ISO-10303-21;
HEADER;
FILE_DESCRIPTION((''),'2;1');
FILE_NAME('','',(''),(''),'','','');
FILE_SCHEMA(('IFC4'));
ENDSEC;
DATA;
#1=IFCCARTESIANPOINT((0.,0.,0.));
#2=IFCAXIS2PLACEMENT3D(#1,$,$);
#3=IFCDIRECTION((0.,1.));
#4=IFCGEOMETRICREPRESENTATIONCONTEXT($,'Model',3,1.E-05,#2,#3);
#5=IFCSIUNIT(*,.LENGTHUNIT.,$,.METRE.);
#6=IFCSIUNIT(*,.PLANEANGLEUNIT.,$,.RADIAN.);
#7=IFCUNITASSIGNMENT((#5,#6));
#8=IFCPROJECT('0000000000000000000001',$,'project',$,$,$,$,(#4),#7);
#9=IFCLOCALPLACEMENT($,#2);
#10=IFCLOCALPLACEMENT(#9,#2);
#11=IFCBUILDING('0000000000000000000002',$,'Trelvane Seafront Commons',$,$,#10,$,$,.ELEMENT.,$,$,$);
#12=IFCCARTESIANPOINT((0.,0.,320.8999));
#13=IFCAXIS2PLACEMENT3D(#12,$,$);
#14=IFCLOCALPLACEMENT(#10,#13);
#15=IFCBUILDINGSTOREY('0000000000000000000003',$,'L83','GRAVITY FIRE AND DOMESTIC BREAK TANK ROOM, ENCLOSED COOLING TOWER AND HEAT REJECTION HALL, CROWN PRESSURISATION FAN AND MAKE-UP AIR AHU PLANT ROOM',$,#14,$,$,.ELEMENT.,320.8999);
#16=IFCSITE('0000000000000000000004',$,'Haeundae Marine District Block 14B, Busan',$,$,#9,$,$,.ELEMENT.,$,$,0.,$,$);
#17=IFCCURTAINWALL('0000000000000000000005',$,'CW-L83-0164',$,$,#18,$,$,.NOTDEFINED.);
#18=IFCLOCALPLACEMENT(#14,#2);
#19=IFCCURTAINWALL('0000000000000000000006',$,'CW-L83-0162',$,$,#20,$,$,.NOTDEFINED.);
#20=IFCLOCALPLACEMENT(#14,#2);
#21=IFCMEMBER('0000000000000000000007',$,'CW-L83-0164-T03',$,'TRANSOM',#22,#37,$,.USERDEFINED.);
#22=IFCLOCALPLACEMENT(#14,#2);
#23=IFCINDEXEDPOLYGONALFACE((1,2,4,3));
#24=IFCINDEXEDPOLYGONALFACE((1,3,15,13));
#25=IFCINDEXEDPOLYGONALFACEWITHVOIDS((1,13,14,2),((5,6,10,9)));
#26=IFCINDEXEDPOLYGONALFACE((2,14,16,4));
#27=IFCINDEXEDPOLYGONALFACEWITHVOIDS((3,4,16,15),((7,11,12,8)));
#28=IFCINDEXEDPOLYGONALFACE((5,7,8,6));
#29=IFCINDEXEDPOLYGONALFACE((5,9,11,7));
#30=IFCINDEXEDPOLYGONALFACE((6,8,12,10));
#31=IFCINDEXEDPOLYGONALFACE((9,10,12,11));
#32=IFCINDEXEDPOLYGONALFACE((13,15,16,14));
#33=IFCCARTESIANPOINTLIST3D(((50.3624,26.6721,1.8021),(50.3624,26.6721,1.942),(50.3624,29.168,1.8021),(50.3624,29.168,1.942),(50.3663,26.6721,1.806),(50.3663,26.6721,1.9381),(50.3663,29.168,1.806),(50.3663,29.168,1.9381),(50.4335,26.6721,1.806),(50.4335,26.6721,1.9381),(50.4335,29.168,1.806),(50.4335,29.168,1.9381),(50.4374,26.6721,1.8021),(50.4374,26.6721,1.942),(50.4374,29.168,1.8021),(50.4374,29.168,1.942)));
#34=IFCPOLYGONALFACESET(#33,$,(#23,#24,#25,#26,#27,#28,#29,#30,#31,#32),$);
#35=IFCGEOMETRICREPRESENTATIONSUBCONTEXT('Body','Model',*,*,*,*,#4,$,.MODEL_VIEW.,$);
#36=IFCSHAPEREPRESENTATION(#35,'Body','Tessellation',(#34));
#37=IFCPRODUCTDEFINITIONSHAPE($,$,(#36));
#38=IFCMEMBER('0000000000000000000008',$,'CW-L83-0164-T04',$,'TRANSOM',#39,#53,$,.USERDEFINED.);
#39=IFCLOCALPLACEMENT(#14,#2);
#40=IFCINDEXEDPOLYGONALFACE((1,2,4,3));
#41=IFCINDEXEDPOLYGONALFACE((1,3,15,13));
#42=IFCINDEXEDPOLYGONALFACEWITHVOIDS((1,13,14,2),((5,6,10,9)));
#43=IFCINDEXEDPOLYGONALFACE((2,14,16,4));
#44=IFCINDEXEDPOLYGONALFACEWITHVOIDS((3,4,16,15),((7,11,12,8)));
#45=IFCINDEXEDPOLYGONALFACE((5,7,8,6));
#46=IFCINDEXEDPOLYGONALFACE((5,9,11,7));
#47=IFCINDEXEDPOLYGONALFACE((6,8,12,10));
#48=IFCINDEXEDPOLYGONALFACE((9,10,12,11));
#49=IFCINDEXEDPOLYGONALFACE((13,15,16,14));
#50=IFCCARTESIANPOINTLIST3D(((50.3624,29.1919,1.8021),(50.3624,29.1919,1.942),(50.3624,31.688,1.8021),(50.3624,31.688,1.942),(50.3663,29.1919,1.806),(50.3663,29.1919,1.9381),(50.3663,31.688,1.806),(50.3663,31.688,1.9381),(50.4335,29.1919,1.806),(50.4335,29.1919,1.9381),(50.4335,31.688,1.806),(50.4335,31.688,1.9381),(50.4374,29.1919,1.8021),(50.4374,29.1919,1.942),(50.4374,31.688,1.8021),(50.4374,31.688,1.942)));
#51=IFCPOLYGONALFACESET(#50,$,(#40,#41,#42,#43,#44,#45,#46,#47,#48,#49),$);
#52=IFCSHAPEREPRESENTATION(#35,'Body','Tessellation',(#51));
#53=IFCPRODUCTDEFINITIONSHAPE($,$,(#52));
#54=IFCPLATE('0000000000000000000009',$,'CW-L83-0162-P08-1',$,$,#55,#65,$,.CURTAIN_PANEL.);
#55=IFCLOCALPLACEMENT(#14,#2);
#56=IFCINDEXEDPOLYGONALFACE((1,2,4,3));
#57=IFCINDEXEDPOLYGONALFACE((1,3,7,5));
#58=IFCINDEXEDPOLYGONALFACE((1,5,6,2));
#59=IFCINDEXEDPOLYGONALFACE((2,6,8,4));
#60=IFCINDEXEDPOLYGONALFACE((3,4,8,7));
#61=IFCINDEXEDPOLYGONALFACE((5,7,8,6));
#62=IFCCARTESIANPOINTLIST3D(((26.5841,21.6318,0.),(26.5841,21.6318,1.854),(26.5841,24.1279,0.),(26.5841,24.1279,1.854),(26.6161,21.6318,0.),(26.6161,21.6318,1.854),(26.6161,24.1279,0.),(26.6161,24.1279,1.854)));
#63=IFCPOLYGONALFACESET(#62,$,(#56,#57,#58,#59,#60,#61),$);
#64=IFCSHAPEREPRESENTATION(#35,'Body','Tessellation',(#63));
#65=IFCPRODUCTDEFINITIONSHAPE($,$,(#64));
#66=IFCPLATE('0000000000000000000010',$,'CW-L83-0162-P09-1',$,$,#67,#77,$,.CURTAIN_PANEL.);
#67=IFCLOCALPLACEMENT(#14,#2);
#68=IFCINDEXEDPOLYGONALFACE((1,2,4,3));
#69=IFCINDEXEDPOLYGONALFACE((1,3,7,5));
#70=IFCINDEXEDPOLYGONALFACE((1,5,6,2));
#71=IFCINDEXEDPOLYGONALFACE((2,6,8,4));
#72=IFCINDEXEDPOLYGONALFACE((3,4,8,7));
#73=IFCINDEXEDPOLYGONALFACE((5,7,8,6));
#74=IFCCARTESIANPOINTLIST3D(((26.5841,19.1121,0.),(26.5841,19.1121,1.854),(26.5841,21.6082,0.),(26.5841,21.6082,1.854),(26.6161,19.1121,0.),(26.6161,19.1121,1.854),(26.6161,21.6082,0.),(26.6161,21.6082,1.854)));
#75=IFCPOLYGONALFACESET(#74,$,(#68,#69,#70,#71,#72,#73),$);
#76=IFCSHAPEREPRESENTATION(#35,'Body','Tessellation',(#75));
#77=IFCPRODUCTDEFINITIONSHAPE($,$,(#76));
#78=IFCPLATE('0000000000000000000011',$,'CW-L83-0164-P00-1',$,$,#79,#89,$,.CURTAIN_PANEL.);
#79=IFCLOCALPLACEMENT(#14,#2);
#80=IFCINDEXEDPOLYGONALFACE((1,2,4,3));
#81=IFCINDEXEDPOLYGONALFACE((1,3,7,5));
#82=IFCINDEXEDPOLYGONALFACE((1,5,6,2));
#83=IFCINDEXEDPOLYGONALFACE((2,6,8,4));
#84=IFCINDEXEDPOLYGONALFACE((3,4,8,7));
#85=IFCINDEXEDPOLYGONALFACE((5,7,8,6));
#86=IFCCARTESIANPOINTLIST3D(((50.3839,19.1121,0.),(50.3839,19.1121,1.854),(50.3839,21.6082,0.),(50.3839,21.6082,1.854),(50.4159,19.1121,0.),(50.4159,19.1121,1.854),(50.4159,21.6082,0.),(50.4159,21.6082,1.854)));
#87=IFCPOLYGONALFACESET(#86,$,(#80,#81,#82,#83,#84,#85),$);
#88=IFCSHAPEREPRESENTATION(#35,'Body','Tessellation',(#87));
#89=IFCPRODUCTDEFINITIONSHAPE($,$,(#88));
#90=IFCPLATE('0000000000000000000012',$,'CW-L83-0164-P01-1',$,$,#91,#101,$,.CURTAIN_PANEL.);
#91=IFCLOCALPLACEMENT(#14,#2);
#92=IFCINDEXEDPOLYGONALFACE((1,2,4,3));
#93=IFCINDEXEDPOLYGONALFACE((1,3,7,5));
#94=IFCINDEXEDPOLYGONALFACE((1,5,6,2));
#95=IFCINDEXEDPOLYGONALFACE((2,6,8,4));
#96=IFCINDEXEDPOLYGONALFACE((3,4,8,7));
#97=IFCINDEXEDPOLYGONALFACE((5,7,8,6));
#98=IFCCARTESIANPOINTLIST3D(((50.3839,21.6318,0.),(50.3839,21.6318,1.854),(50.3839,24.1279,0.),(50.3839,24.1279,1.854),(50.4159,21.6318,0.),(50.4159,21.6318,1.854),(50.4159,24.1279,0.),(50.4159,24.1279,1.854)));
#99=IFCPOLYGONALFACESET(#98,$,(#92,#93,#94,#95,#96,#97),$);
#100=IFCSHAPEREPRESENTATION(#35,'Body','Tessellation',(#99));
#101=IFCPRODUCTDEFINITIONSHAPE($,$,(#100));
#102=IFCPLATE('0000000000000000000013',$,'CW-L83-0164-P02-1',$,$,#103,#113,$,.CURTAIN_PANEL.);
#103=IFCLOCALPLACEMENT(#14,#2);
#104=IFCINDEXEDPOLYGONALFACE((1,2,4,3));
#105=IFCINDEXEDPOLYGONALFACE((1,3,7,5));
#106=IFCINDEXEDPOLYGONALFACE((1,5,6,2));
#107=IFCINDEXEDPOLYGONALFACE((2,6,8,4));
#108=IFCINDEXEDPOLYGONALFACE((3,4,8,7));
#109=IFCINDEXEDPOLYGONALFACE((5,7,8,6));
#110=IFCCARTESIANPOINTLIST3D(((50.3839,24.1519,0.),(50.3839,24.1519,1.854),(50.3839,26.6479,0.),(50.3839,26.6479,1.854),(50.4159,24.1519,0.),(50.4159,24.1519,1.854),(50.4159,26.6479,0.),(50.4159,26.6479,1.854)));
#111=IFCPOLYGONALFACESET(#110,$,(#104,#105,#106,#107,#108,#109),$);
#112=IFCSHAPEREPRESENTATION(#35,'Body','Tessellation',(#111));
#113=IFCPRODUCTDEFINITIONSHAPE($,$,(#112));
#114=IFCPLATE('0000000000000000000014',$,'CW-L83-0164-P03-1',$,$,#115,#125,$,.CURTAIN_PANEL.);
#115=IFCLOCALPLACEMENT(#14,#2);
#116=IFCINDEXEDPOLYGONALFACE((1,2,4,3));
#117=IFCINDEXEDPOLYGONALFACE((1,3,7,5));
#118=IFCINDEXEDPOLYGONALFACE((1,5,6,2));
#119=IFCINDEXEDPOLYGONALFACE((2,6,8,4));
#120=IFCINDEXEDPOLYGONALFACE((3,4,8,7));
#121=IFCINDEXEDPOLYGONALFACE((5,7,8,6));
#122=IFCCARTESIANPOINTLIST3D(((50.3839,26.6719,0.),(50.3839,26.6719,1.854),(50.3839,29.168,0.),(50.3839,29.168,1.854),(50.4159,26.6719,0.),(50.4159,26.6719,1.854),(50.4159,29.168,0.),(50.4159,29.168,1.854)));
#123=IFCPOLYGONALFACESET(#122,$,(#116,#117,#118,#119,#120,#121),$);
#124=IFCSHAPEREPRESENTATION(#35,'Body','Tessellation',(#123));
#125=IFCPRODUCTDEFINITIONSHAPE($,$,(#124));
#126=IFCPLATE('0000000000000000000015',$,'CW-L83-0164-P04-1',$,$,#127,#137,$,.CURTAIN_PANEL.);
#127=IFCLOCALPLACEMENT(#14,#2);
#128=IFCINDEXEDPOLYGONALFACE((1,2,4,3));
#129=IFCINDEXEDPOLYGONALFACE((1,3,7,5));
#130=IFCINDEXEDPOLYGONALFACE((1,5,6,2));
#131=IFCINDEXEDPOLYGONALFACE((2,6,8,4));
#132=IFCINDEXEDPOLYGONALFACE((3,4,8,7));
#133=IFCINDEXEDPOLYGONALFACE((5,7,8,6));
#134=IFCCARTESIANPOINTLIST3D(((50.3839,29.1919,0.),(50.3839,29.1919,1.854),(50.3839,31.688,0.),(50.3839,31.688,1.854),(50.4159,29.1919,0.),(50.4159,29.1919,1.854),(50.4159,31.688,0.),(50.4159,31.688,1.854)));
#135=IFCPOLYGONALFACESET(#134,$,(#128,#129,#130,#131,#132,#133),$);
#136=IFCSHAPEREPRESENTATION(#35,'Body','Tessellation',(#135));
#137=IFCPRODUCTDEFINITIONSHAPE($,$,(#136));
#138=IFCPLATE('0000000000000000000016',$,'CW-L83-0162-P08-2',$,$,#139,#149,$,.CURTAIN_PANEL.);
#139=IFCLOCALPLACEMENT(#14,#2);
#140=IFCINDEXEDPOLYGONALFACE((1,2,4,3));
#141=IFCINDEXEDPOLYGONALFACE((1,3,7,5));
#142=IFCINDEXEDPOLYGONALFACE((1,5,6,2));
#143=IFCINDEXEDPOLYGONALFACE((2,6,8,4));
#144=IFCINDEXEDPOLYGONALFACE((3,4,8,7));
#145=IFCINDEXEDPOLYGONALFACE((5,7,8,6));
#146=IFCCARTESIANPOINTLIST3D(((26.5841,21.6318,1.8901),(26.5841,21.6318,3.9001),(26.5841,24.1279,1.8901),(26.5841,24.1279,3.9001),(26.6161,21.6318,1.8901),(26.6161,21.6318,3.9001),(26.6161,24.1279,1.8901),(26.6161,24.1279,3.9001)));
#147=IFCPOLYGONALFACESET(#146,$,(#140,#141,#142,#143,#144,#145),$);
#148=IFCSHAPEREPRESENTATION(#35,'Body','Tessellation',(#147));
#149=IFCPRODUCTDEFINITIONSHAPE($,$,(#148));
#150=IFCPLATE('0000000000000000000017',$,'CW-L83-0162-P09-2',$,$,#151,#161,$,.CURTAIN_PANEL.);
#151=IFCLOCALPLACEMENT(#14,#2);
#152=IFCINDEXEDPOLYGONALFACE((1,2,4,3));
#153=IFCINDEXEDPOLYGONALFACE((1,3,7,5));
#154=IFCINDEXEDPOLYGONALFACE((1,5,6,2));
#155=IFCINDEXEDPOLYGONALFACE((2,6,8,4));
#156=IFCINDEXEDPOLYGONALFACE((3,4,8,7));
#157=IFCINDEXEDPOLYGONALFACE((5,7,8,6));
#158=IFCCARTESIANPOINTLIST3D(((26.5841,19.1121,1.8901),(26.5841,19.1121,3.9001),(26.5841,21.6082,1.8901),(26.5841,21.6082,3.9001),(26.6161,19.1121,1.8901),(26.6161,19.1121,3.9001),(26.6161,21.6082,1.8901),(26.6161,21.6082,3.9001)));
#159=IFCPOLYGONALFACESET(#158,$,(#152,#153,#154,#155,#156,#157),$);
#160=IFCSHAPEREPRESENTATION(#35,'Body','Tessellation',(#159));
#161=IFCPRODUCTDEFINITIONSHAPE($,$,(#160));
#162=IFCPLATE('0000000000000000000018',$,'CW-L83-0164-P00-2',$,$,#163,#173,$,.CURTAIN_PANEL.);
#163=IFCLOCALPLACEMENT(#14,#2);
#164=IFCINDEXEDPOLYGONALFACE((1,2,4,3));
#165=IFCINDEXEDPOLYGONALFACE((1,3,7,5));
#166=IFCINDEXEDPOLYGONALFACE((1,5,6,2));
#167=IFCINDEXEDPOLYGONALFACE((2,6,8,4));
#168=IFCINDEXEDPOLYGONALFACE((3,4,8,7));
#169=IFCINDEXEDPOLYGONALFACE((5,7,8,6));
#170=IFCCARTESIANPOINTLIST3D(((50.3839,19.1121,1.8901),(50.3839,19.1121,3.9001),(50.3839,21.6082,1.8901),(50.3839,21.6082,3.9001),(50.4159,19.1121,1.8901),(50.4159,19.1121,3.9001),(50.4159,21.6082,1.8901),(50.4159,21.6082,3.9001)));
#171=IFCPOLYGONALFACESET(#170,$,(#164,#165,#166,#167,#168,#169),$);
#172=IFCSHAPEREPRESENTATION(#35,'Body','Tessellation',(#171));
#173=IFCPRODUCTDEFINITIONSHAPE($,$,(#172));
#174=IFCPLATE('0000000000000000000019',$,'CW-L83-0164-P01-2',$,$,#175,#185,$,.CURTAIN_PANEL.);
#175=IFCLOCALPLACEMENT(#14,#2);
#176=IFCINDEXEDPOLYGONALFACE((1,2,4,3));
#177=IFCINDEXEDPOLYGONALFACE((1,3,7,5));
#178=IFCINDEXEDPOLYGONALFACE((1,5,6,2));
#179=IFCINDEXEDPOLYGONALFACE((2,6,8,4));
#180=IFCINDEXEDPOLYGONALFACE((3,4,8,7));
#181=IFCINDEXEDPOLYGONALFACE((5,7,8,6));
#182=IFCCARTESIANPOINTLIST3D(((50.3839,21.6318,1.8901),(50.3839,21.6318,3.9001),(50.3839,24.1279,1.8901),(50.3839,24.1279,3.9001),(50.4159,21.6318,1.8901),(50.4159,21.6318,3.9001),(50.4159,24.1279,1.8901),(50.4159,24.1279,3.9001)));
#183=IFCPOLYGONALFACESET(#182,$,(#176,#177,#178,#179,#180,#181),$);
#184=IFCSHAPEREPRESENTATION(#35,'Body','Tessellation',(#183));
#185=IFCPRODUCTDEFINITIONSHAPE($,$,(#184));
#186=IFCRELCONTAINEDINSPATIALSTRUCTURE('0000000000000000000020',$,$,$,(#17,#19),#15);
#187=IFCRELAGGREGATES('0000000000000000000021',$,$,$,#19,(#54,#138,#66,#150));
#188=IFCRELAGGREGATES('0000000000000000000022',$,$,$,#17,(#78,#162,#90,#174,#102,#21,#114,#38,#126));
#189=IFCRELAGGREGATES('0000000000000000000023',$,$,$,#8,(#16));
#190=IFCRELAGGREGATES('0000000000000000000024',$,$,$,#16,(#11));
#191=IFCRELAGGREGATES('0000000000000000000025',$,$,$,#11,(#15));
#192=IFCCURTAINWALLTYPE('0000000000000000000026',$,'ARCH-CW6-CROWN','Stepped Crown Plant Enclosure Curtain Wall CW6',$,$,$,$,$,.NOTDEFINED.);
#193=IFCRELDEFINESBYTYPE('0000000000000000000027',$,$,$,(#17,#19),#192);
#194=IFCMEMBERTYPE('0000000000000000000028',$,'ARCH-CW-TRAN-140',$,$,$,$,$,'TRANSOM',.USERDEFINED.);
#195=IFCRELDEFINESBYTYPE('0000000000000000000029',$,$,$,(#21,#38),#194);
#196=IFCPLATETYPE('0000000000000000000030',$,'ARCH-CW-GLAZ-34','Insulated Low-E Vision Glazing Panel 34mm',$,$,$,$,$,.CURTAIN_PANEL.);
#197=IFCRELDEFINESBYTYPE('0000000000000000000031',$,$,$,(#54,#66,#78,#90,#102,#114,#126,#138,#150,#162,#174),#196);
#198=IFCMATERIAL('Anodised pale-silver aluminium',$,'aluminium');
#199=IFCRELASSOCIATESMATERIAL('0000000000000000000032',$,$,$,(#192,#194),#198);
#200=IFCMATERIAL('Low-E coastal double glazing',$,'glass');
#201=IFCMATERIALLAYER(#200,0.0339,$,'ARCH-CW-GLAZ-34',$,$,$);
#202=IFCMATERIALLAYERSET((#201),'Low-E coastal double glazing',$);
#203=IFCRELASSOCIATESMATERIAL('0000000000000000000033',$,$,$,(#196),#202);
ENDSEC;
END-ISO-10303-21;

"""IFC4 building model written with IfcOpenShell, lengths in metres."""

from ifc_helpers import new_model, si_unit, direction, frame, origin, origin_2d, place, context, subcontext, project, spatial, rectangle, hollow_rectangle, extrude, source, transform, mapped, material, layer, layer_set, material_profile, profile_set, type_object, element, aggregate, save


model = new_model("IFC4")

# Units and contexts
model_context = context("Model", 3, precision=1e-05, world=origin(), true_north=direction((0.0, 1.0)))
body_context = subcontext(model_context, "Body", "Model", "MODEL_VIEW")
ifc_project = project(units=[si_unit("LENGTHUNIT", "METRE"), si_unit("PLANEANGLEUNIT", "RADIAN")], contexts=[model_context])

# Site, building, storey
site_placement = place(None, origin())
site = spatial("IfcSite", under=ifc_project, at=site_placement, Name="Haeundae Marine District Block 14B, Busan", CompositionType="ELEMENT", RefElevation=0.0)
building_placement = place(site_placement, origin())
building = spatial("IfcBuilding", under=site, at=building_placement, Name="Trelvane Seafront Commons", CompositionType="ELEMENT")
storey_placement = place(building_placement, frame((0.0, 0.0, 320.8999)))
storey = spatial("IfcBuildingStorey", under=building, at=storey_placement, Name="L83", Description="GRAVITY FIRE AND DOMESTIC BREAK TANK ROOM, ENCLOSED COOLING TOWER AND HEAT REJECTION HALL, CROWN PRESSURISATION FAN AND MAKE-UP AIR AHU PLANT ROOM", CompositionType="ELEMENT", Elevation=320.8999)

# Curtain wall
ifc_material_1 = material(Name="Anodised pale-silver aluminium", Category="aluminium")
curtain_wall_type = type_object("IfcCurtainWallType", Name="ARCH-CW6-CROWN", Description="Stepped Crown Plant Enclosure Curtain Wall CW6", PredefinedType="NOTDEFINED", material=ifc_material_1)
curtain_wall_1_placement = place(storey_placement, origin())
curtain_wall_1 = element("IfcCurtainWall", 1, at=curtain_wall_1_placement, inside=storey, type_object=curtain_wall_type, Name="CW-L83-0164", PredefinedType="NOTDEFINED")

# Curtain wall
curtain_wall_2_placement = place(storey_placement, origin())
curtain_wall_2 = element("IfcCurtainWall", 2, at=curtain_wall_2_placement, inside=storey, type_object=curtain_wall_type, Name="CW-L83-0162", PredefinedType="NOTDEFINED")
ifc_material_profile_1 = material_profile(ifc_material_1, hollow_rectangle(XDim=0.075, YDim=0.1399, WallThickness=0.0039, at=origin_2d()), Name="TRAN-75x140x4")
ifc_profile_set_1 = profile_set([ifc_material_profile_1], Name="Anodised pale-silver aluminium")
member_type_1 = type_object("IfcMemberType", Name="ARCH-CW-TRAN-140", ElementType="TRANSOM", PredefinedType="USERDEFINED", material=ifc_profile_set_1)
shared_shape_1 = source(origin(), body_context, "Body", "SweptSolid", [
    extrude(hollow_rectangle(XDim=0.075, YDim=0.1399, WallThickness=0.0039, at=origin_2d()), origin(), (0.0, 0.0, 1.0), 2.4958),
])

# Members
member_1_placement = place(storey_placement, frame((50.3999, 26.6721, 1.8721), z_axis=(0.0, 1.0, 0.0), x_axis=(-1.0, 0.0, 0.0)))
member_1 = element("IfcMember", 3, at=member_1_placement, type_object=member_type_1, Name="CW-L83-0164-T03", ObjectType="TRANSOM", PredefinedType="USERDEFINED", context=body_context, shape_type="MappedRepresentation", body=[
    mapped(shared_shape_1, transform((0.0, 0.0, 0.0), x_axis=(1.0, 0.0, 0.0), y_axis=(0.0, 1.0, 0.0), z_axis=(0.0, 0.0, 1.0), scale=1.0)),
])
shared_shape_2 = source(origin(), body_context, "Body", "SweptSolid", [
    extrude(hollow_rectangle(XDim=0.075, YDim=0.1399, WallThickness=0.0039, at=origin_2d()), origin(), (0.0, 0.0, 1.0), 2.4961),
])
member_2_placement = place(storey_placement, frame((50.3999, 29.1919, 1.8721), z_axis=(0.0, 1.0, 0.0), x_axis=(-1.0, 0.0, 0.0)))
member_2 = element("IfcMember", 4, at=member_2_placement, type_object=member_type_1, Name="CW-L83-0164-T04", ObjectType="TRANSOM", PredefinedType="USERDEFINED", context=body_context, shape_type="MappedRepresentation", body=[
    mapped(shared_shape_2, transform((0.0, 0.0, 0.0), x_axis=(1.0, 0.0, 0.0), y_axis=(0.0, 1.0, 0.0), z_axis=(0.0, 0.0, 1.0), scale=1.0)),
])

# Plates
ifc_material_2 = material(Name="Low-E coastal double glazing", Category="glass")
ifc_layer_1 = layer(ifc_material_2, 0.0339, Name="ARCH-CW-GLAZ-34")
ifc_layer_set_1 = layer_set([ifc_layer_1], Name="Low-E coastal double glazing")
plate_type = type_object("IfcPlateType", Name="ARCH-CW-GLAZ-34", Description="Insulated Low-E Vision Glazing Panel 34mm", PredefinedType="CURTAIN_PANEL", material=ifc_layer_set_1)
shared_shape_3 = source(origin(), body_context, "Body", "SweptSolid", [
    extrude(rectangle(XDim=2.4961, YDim=0.032, at=origin_2d()), origin(), (0.0, 0.0, 1.0), 1.854),
])
plate_1_placement = place(storey_placement, frame((26.6001, 22.8799, 0.0), z_axis=(0.0, 0.0, 1.0), x_axis=(0.0, -1.0, 0.0)))
plate_1 = element("IfcPlate", 5, at=plate_1_placement, type_object=plate_type, Name="CW-L83-0162-P08-1", PredefinedType="CURTAIN_PANEL", context=body_context, shape_type="MappedRepresentation", body=[
    mapped(shared_shape_3, transform((0.0, 0.0, 0.0), x_axis=(1.0, 0.0, 0.0), y_axis=(0.0, 1.0, 0.0), z_axis=(0.0, 0.0, 1.0), scale=1.0)),
])
plate_2_placement = place(storey_placement, frame((26.6001, 20.3601, 0.0), z_axis=(0.0, 0.0, 1.0), x_axis=(0.0, -1.0, 0.0)))
plate_2 = element("IfcPlate", 6, at=plate_2_placement, type_object=plate_type, Name="CW-L83-0162-P09-1", PredefinedType="CURTAIN_PANEL", context=body_context, shape_type="MappedRepresentation", body=[
    mapped(shared_shape_3, transform((0.0, 0.0, 0.0), x_axis=(1.0, 0.0, 0.0), y_axis=(0.0, 1.0, 0.0), z_axis=(0.0, 0.0, 1.0), scale=1.0)),
])
plate_3_placement = place(storey_placement, frame((50.3999, 20.3601, 0.0), z_axis=(0.0, 0.0, 1.0), x_axis=(0.0, 1.0, 0.0)))
plate_3 = element("IfcPlate", 7, at=plate_3_placement, type_object=plate_type, Name="CW-L83-0164-P00-1", PredefinedType="CURTAIN_PANEL", context=body_context, shape_type="MappedRepresentation", body=[
    mapped(shared_shape_3, transform((0.0, 0.0, 0.0), x_axis=(1.0, 0.0, 0.0), y_axis=(0.0, 1.0, 0.0), z_axis=(0.0, 0.0, 1.0), scale=1.0)),
])
plate_4_placement = place(storey_placement, frame((50.3999, 22.8799, 0.0), z_axis=(0.0, 0.0, 1.0), x_axis=(0.0, 1.0, 0.0)))
plate_4 = element("IfcPlate", 8, at=plate_4_placement, type_object=plate_type, Name="CW-L83-0164-P01-1", PredefinedType="CURTAIN_PANEL", context=body_context, shape_type="MappedRepresentation", body=[
    mapped(shared_shape_3, transform((0.0, 0.0, 0.0), x_axis=(1.0, 0.0, 0.0), y_axis=(0.0, 1.0, 0.0), z_axis=(0.0, 0.0, 1.0), scale=1.0)),
])
plate_5_placement = place(storey_placement, frame((50.3999, 25.3999, 0.0), z_axis=(0.0, 0.0, 1.0), x_axis=(0.0, 1.0, 0.0)))
plate_5 = element("IfcPlate", 9, at=plate_5_placement, type_object=plate_type, Name="CW-L83-0164-P02-1", PredefinedType="CURTAIN_PANEL", context=body_context, shape_type="MappedRepresentation", body=[
    mapped(shared_shape_3, transform((0.0, 0.0, 0.0), x_axis=(1.0, 0.0, 0.0), y_axis=(0.0, 1.0, 0.0), z_axis=(0.0, 0.0, 1.0), scale=1.0)),
])
plate_6_placement = place(storey_placement, frame((50.3999, 27.9199, 0.0), z_axis=(0.0, 0.0, 1.0), x_axis=(0.0, 1.0, 0.0)))
plate_6 = element("IfcPlate", 10, at=plate_6_placement, type_object=plate_type, Name="CW-L83-0164-P03-1", PredefinedType="CURTAIN_PANEL", context=body_context, shape_type="MappedRepresentation", body=[
    mapped(shared_shape_3, transform((0.0, 0.0, 0.0), x_axis=(1.0, 0.0, 0.0), y_axis=(0.0, 1.0, 0.0), z_axis=(0.0, 0.0, 1.0), scale=1.0)),
])
plate_7_placement = place(storey_placement, frame((50.3999, 30.4399, 0.0), z_axis=(0.0, 0.0, 1.0), x_axis=(0.0, 1.0, 0.0)))
plate_7 = element("IfcPlate", 11, at=plate_7_placement, type_object=plate_type, Name="CW-L83-0164-P04-1", PredefinedType="CURTAIN_PANEL", context=body_context, shape_type="MappedRepresentation", body=[
    mapped(shared_shape_3, transform((0.0, 0.0, 0.0), x_axis=(1.0, 0.0, 0.0), y_axis=(0.0, 1.0, 0.0), z_axis=(0.0, 0.0, 1.0), scale=1.0)),
])
shared_shape_4 = source(origin(), body_context, "Body", "SweptSolid", [
    extrude(rectangle(XDim=2.4961, YDim=0.032, at=origin_2d()), origin(), (0.0, 0.0, 1.0), 2.01),
])
plate_8_placement = place(storey_placement, frame((26.6001, 22.8799, 1.8901), z_axis=(0.0, 0.0, 1.0), x_axis=(0.0, -1.0, 0.0)))
plate_8 = element("IfcPlate", 12, at=plate_8_placement, type_object=plate_type, Name="CW-L83-0162-P08-2", PredefinedType="CURTAIN_PANEL", context=body_context, shape_type="MappedRepresentation", body=[
    mapped(shared_shape_4, transform((0.0, 0.0, 0.0), x_axis=(1.0, 0.0, 0.0), y_axis=(0.0, 1.0, 0.0), z_axis=(0.0, 0.0, 1.0), scale=1.0)),
])
plate_9_placement = place(storey_placement, frame((26.6001, 20.3601, 1.8901), z_axis=(0.0, 0.0, 1.0), x_axis=(0.0, -1.0, 0.0)))
plate_9 = element("IfcPlate", 13, at=plate_9_placement, type_object=plate_type, Name="CW-L83-0162-P09-2", PredefinedType="CURTAIN_PANEL", context=body_context, shape_type="MappedRepresentation", body=[
    mapped(shared_shape_4, transform((0.0, 0.0, 0.0), x_axis=(1.0, 0.0, 0.0), y_axis=(0.0, 1.0, 0.0), z_axis=(0.0, 0.0, 1.0), scale=1.0)),
])
aggregate(curtain_wall_2, [plate_1, plate_8, plate_2, plate_9])
plate_10_placement = place(storey_placement, frame((50.3999, 20.3601, 1.8901), z_axis=(0.0, 0.0, 1.0), x_axis=(0.0, 1.0, 0.0)))
plate_10 = element("IfcPlate", 14, at=plate_10_placement, type_object=plate_type, Name="CW-L83-0164-P00-2", PredefinedType="CURTAIN_PANEL", context=body_context, shape_type="MappedRepresentation", body=[
    mapped(shared_shape_4, transform((0.0, 0.0, 0.0), x_axis=(1.0, 0.0, 0.0), y_axis=(0.0, 1.0, 0.0), z_axis=(0.0, 0.0, 1.0), scale=1.0)),
])
plate_11_placement = place(storey_placement, frame((50.3999, 22.8799, 1.8901), z_axis=(0.0, 0.0, 1.0), x_axis=(0.0, 1.0, 0.0)))
plate_11 = element("IfcPlate", 15, at=plate_11_placement, type_object=plate_type, Name="CW-L83-0164-P01-2", PredefinedType="CURTAIN_PANEL", context=body_context, shape_type="MappedRepresentation", body=[
    mapped(shared_shape_4, transform((0.0, 0.0, 0.0), x_axis=(1.0, 0.0, 0.0), y_axis=(0.0, 1.0, 0.0), z_axis=(0.0, 0.0, 1.0), scale=1.0)),
])
aggregate(curtain_wall_1, [plate_3, plate_10, plate_4, plate_11, plate_5, member_1, plate_6, member_2, plate_7])

save(model, "model.ifc")
